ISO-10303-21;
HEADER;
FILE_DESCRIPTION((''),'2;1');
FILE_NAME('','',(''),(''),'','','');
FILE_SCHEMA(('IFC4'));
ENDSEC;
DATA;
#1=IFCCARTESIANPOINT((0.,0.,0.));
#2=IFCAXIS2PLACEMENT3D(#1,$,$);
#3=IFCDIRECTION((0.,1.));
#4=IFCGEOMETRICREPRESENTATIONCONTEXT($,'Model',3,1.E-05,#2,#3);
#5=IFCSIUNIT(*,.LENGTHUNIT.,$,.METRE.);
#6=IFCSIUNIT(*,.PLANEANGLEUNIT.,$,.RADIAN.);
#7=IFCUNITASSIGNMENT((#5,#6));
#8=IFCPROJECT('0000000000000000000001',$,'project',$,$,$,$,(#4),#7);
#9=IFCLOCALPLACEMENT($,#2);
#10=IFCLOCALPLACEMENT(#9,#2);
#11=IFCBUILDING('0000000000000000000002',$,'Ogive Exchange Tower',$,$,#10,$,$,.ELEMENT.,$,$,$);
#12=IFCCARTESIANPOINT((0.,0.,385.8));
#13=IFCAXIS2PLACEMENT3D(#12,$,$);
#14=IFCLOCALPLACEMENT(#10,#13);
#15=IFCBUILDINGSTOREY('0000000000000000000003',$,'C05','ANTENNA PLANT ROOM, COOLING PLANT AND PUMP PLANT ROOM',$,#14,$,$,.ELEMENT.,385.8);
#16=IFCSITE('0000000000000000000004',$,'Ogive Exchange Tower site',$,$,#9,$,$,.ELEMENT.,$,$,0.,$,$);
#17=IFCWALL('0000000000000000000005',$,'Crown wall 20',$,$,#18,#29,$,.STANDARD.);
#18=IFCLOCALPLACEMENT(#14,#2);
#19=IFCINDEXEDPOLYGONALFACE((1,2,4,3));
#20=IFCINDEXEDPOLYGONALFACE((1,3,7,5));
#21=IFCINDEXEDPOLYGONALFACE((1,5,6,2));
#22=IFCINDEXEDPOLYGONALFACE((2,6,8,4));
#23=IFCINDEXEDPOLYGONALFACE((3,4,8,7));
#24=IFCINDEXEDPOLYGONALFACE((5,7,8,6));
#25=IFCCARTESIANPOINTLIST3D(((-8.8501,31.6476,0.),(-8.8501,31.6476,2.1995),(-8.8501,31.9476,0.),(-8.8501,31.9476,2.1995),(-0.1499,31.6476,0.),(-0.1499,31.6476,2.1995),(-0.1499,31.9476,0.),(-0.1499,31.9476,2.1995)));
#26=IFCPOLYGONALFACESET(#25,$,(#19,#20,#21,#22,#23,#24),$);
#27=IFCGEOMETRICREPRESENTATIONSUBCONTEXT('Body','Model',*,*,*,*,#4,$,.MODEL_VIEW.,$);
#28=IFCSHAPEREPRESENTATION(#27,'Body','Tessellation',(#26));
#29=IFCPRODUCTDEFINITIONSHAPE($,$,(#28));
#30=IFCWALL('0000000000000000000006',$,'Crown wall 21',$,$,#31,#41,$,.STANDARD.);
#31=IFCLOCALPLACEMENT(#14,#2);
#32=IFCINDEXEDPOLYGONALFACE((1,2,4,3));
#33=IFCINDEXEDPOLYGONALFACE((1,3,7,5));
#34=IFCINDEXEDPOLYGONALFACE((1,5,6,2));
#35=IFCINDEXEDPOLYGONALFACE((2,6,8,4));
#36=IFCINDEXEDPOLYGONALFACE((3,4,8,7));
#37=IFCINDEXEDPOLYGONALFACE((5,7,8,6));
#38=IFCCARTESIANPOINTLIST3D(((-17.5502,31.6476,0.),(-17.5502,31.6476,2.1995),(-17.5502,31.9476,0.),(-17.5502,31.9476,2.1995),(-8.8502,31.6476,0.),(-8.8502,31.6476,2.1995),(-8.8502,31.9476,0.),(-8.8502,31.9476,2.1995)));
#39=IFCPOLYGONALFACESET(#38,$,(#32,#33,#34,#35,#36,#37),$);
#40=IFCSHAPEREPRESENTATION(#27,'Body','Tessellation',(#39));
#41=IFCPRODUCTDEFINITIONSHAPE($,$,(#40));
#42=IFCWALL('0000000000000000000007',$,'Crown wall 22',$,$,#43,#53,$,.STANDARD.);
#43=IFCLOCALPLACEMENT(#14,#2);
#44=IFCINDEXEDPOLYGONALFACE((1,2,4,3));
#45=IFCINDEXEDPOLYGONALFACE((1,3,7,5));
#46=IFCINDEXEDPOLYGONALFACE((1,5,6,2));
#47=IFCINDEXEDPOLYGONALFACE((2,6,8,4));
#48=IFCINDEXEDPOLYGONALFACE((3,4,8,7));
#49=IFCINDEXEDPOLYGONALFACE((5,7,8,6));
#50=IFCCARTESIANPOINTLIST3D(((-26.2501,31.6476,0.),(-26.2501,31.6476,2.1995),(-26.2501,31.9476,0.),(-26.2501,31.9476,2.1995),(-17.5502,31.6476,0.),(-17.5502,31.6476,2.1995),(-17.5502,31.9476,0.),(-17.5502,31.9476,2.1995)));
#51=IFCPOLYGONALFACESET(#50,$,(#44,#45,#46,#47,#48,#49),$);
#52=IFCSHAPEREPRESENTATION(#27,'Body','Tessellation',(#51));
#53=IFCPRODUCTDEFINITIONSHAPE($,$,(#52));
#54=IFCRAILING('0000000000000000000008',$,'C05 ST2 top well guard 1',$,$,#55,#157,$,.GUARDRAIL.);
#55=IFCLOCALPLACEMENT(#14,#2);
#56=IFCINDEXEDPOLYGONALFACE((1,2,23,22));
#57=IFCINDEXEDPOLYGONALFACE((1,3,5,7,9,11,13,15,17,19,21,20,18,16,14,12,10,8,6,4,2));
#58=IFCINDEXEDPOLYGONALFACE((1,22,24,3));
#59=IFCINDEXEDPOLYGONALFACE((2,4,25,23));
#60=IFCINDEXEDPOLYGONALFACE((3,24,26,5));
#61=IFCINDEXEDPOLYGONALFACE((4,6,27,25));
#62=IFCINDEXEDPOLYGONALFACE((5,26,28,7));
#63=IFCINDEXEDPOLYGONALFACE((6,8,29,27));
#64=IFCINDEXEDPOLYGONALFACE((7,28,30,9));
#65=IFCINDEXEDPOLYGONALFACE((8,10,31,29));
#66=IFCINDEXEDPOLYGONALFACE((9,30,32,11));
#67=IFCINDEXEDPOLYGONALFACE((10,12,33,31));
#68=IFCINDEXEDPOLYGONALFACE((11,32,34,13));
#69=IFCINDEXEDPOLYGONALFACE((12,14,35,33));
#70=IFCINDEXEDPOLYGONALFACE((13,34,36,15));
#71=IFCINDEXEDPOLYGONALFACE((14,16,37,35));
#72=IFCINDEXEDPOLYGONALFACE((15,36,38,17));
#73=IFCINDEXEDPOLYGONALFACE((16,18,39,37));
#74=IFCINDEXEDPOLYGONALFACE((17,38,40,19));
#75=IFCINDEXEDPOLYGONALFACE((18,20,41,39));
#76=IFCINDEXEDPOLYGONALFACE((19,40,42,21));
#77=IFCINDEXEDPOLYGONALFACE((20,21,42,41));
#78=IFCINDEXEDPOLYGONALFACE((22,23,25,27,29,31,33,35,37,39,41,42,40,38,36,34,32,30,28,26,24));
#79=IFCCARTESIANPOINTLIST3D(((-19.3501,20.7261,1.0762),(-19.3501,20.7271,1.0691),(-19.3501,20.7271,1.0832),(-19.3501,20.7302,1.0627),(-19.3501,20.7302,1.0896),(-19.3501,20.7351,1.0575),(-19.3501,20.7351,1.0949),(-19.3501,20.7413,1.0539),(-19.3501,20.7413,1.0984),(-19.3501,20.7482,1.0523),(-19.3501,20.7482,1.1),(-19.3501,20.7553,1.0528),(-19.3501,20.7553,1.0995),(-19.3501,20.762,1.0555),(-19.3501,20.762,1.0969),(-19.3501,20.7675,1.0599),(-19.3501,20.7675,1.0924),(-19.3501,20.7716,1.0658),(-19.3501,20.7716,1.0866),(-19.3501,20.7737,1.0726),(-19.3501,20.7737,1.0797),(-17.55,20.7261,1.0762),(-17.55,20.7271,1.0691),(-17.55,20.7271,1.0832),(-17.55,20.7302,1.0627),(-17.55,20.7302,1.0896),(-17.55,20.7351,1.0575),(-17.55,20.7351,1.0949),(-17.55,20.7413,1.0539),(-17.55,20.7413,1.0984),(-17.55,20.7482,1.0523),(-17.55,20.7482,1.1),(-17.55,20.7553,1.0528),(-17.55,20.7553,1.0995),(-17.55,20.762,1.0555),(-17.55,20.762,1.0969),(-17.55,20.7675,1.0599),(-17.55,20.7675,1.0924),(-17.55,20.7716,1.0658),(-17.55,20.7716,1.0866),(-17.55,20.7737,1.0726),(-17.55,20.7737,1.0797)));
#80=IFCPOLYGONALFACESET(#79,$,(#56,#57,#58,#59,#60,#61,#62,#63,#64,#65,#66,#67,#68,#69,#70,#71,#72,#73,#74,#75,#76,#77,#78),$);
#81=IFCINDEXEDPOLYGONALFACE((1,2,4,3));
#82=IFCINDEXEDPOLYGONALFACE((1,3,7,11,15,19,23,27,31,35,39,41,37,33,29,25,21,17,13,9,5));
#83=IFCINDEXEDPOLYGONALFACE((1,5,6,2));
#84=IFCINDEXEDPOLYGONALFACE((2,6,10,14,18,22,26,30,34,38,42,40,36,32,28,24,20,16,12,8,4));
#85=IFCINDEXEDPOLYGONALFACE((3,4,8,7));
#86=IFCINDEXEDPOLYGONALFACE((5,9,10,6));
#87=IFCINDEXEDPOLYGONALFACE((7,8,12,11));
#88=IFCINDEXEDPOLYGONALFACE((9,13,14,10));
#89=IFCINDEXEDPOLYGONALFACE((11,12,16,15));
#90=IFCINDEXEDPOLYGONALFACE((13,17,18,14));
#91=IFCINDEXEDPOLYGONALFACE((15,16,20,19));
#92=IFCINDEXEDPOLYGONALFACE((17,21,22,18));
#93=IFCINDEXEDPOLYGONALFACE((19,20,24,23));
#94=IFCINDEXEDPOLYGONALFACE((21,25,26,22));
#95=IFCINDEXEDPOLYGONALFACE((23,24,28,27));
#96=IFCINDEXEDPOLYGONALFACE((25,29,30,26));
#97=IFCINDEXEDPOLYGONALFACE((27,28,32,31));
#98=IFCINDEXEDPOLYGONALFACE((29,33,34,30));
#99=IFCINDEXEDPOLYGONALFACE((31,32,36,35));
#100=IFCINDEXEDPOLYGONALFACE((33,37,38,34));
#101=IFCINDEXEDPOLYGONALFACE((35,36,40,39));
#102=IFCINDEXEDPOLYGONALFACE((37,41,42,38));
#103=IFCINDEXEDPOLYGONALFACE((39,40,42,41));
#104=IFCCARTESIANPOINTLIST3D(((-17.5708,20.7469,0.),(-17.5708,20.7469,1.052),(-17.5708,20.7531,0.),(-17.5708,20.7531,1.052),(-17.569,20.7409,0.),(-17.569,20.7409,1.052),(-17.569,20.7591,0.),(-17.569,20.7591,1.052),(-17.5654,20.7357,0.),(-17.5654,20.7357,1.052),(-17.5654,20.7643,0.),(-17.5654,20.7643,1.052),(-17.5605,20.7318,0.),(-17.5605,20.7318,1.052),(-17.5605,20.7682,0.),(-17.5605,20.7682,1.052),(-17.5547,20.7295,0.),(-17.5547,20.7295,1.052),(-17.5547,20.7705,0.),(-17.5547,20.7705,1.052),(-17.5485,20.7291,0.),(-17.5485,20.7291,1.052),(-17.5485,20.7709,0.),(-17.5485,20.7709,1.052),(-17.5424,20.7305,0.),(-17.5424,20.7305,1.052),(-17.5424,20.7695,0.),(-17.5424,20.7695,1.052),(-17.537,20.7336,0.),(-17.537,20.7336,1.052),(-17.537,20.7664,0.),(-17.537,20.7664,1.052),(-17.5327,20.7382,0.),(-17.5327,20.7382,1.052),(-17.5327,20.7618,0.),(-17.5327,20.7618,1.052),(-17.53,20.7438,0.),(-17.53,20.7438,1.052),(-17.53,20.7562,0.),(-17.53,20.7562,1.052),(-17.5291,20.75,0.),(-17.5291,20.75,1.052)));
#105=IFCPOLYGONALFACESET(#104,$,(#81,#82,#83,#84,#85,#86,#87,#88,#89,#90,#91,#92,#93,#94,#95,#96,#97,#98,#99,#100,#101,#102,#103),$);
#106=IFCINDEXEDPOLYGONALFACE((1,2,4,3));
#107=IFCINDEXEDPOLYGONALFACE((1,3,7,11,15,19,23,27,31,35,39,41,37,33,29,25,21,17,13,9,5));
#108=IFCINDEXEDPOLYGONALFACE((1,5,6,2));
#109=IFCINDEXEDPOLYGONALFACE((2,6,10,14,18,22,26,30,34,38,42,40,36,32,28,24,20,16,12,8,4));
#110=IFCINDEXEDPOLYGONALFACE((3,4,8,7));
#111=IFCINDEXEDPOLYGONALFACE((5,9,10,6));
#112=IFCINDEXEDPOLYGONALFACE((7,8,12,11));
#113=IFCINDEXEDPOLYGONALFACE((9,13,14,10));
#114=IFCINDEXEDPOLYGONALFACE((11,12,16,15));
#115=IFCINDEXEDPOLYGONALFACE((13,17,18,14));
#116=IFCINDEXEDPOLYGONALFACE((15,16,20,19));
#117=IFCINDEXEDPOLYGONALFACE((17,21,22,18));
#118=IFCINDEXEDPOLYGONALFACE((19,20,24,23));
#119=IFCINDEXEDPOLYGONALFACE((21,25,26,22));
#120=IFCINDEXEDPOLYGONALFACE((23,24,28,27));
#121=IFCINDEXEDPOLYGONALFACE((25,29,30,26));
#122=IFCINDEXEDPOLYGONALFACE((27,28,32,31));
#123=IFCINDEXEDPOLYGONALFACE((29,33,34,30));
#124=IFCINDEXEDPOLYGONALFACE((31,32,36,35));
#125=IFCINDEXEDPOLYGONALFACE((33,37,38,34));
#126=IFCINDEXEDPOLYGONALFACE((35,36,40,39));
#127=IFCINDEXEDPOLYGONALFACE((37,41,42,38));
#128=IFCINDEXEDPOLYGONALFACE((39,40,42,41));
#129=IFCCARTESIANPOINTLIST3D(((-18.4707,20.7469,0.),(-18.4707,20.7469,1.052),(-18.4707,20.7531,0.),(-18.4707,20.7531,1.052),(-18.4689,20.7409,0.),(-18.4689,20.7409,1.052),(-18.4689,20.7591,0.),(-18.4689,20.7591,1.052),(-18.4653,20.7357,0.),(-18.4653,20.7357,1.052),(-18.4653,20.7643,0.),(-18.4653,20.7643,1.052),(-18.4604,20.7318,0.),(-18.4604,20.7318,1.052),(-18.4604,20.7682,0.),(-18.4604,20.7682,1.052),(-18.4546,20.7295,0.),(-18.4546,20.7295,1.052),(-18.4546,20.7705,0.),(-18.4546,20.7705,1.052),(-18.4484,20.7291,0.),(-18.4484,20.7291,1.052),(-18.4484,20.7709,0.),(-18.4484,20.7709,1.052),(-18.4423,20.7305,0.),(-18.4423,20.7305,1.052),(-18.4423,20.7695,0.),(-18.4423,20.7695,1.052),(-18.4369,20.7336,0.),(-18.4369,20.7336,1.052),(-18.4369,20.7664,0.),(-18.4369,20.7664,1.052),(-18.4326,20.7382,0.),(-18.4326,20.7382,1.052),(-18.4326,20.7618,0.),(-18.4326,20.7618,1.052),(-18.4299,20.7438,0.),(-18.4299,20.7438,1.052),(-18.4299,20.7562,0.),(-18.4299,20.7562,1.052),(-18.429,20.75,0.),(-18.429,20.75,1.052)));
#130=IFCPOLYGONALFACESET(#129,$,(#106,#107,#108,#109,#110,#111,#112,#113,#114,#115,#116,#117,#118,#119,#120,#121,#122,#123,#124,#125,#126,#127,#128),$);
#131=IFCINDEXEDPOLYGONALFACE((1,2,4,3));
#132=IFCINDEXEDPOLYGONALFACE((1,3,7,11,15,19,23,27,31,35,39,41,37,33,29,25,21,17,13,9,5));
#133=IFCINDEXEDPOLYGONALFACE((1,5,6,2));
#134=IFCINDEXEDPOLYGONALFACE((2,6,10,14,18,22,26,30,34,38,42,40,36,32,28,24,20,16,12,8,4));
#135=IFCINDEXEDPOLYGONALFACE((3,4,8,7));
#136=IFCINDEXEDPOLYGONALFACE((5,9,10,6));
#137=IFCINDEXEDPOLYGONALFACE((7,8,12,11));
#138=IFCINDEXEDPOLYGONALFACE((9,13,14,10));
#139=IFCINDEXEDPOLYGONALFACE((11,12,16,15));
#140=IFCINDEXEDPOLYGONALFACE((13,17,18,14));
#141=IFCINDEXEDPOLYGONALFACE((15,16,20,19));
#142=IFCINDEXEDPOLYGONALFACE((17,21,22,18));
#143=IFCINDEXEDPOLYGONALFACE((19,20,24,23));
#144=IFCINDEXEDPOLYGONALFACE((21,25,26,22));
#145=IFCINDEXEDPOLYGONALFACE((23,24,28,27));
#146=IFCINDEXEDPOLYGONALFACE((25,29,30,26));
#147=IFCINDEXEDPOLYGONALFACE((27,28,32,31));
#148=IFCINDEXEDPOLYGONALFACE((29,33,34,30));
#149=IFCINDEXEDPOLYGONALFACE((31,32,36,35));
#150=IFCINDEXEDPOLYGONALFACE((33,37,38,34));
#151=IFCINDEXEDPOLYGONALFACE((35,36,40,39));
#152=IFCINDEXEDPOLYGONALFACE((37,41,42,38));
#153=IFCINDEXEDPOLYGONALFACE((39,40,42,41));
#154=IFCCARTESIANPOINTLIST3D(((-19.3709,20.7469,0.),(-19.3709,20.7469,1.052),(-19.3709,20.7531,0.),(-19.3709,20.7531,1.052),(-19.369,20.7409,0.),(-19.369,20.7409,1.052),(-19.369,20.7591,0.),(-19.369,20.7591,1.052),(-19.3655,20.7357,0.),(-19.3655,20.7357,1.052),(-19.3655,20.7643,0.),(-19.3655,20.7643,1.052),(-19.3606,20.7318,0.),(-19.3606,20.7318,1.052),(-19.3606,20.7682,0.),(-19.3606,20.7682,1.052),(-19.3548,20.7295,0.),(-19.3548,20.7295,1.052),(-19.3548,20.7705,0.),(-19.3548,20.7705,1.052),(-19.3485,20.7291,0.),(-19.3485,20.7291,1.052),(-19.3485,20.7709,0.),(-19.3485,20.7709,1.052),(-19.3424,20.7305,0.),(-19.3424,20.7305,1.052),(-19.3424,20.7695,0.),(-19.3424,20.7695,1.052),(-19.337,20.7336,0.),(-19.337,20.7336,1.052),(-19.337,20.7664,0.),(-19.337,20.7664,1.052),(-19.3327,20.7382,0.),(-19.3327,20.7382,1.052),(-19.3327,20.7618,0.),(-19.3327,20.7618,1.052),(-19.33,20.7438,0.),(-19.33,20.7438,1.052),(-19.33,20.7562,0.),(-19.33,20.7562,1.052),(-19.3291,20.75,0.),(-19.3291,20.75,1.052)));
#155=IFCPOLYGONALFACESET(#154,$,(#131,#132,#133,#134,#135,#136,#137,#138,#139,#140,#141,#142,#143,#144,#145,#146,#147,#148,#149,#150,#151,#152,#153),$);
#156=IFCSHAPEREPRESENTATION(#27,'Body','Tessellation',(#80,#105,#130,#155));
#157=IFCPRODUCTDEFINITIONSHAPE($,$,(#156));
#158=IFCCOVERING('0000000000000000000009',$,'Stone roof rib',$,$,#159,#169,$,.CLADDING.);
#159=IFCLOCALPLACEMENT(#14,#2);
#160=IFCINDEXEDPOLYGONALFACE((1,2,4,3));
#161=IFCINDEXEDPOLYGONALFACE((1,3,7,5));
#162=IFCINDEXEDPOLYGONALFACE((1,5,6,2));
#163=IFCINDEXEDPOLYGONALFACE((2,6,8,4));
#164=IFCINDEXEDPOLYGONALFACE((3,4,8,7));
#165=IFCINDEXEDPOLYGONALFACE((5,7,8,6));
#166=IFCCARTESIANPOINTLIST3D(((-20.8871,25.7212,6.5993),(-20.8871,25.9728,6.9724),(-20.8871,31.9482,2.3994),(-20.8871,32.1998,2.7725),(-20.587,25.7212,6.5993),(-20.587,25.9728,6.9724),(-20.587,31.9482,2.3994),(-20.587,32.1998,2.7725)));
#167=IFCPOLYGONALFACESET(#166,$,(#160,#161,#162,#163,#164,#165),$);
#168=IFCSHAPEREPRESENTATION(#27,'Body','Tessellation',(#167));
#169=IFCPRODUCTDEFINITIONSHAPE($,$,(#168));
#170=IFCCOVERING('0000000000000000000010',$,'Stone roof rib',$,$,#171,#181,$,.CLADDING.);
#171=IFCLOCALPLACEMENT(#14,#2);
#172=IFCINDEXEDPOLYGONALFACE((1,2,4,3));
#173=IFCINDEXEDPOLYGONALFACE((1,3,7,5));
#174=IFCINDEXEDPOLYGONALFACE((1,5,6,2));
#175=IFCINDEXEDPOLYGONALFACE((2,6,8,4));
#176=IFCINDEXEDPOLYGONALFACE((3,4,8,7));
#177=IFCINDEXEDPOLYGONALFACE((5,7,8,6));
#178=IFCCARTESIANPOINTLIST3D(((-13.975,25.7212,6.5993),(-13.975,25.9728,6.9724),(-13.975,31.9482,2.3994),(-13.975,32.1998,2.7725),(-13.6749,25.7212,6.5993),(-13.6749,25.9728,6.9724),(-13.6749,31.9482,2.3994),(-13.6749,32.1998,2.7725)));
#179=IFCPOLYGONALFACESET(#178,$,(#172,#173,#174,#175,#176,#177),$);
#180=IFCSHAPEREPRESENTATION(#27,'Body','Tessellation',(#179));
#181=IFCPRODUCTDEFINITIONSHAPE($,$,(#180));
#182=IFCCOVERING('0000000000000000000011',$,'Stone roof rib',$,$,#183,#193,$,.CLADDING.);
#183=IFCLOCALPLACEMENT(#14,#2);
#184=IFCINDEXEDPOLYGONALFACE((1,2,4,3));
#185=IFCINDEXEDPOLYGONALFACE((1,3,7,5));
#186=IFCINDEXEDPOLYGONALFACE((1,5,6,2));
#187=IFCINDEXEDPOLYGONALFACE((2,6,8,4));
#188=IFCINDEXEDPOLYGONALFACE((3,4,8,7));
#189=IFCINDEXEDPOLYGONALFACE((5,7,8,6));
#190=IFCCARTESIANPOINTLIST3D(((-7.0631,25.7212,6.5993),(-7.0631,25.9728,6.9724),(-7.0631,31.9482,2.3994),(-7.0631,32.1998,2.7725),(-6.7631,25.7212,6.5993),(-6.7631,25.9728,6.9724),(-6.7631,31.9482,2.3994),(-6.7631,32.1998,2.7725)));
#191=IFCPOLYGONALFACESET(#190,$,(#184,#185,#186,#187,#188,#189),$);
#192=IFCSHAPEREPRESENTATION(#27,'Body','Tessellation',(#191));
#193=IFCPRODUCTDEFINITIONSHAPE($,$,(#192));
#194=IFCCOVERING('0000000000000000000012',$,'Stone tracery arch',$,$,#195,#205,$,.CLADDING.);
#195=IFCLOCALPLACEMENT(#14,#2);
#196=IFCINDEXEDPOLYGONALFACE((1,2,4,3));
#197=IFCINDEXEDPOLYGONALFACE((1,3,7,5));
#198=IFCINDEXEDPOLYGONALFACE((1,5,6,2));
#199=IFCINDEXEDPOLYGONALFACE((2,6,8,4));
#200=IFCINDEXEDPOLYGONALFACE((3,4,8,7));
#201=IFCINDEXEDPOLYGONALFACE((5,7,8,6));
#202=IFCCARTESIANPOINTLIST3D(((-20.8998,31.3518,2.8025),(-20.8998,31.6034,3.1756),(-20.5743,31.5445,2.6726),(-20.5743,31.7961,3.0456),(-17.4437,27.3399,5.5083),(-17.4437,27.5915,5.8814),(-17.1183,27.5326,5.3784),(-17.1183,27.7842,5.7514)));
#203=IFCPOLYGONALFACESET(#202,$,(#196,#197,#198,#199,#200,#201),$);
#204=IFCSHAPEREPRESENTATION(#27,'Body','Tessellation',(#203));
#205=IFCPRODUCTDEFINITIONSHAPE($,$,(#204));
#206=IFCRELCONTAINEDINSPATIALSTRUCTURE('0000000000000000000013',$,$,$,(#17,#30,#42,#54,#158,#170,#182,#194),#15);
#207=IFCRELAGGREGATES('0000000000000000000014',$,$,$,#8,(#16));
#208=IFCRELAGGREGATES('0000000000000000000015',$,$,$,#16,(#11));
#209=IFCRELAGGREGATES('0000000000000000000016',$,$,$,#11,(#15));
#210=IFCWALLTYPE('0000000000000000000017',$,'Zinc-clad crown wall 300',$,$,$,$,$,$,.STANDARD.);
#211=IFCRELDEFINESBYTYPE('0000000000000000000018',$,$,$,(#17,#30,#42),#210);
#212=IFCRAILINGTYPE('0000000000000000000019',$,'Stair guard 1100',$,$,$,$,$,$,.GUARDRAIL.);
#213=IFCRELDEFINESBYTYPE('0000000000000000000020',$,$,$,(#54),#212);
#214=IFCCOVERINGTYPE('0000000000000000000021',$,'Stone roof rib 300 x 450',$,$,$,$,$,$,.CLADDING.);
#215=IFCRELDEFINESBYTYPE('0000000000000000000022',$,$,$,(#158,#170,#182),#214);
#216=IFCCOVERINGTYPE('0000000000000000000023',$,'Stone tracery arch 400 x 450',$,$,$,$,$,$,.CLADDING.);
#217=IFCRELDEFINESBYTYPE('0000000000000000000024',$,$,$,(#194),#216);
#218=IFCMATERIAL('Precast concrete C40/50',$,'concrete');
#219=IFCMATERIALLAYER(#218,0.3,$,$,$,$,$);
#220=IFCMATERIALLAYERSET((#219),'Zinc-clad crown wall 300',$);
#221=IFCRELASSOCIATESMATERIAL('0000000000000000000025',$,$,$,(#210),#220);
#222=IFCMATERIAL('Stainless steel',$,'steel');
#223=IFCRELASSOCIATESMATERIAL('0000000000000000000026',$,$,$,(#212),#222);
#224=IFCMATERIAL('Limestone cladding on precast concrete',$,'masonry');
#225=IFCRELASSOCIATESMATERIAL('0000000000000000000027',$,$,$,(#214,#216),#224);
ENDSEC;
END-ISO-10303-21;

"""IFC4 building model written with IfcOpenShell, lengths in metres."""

from ifc_helpers import new_model, si_unit, direction, frame, frame_2d, origin, origin_2d, place, context, subcontext, project, spatial, rectangle, circle, extrude, material, layer, layer_set, material_profile, profile_set, type_object, element, save


model = new_model("IFC4")

# Units and contexts
model_context = context("Model", 3, precision=1e-05, world=origin(), true_north=direction((0.0, 1.0)))
body_context = subcontext(model_context, "Body", "Model", "MODEL_VIEW")
ifc_project = project(units=[si_unit("LENGTHUNIT", "METRE"), si_unit("PLANEANGLEUNIT", "RADIAN")], contexts=[model_context])

# Site, building, storey
site_placement = place(None, origin())
site = spatial("IfcSite", under=ifc_project, at=site_placement, Name="Ogive Exchange Tower site", CompositionType="ELEMENT", RefElevation=0.0)
building_placement = place(site_placement, origin())
building = spatial("IfcBuilding", under=site, at=building_placement, Name="Ogive Exchange Tower", CompositionType="ELEMENT")
storey_placement = place(building_placement, frame((0.0, 0.0, 385.8)))
storey = spatial("IfcBuildingStorey", under=building, at=storey_placement, Name="C05", Description="ANTENNA PLANT ROOM, COOLING PLANT AND PUMP PLANT ROOM", CompositionType="ELEMENT", Elevation=385.8)

# Walls
ifc_material_1 = material(Name="Precast concrete C40/50", Category="concrete")
ifc_layer_1 = layer(ifc_material_1, 0.3)
ifc_layer_set_1 = layer_set([ifc_layer_1], Name="Zinc-clad crown wall 300")
wall_type_1 = type_object("IfcWallType", Name="Zinc-clad crown wall 300", PredefinedType="STANDARD", material=ifc_layer_set_1)
wall_1_placement = place(storey_placement, frame((-0.1499, 31.7976, 0.0), z_axis=(0.0, 0.0, 1.0), x_axis=(-1.0, 0.0, 0.0)))
element("IfcWall", 1, at=wall_1_placement, inside=storey, type_object=wall_type_1, Name="Crown wall 20", PredefinedType="STANDARD", context=body_context, shape_type="SweptSolid", body=[
    extrude(rectangle(XDim=8.7002, YDim=0.3, at=frame_2d((4.3501, 0.0))), origin(), (0.0, 0.0, 1.0), 2.1995),
])
for number, where, z_axis, x_axis, name in (
    (2, (-8.8501, 31.7976, 0.0), (0.0, 0.0, 1.0), (-1.0, 0.0, 0.0), "Crown wall 21"),
    (3, (-17.55, 31.7976, 0.0), (0.0, 0.0, 1.0), (-1.0, 0.0, 0.0), "Crown wall 22"),
):
    element("IfcWall", number, at=place(storey_placement, frame(where, z_axis=z_axis, x_axis=x_axis)), inside=storey, type_object=wall_type_1, Name=name, PredefinedType="STANDARD", context=body_context, shape_type="SweptSolid", body=[
        extrude(rectangle(XDim=8.7, YDim=0.3, at=frame_2d((4.3501, 0.0))), origin(), (0.0, 0.0, 1.0), 2.1995),
    ])

# Railing
ifc_material_2 = material(Name="Stainless steel", Category="steel")
railing_type = type_object("IfcRailingType", Name="Stair guard 1100", PredefinedType="GUARDRAIL", material=ifc_material_2)
railing_placement = place(storey_placement, frame((-17.55, 20.75, 0.0)))
element("IfcRailing", 4, at=railing_placement, inside=storey, type_object=railing_type, Name="C05 ST2 top well guard 1", PredefinedType="GUARDRAIL", context=body_context, shape_type="SweptSolid", body=[
    extrude(circle(Radius=0.0239, at=origin_2d()), frame((0.0, 0.0, 1.0762), z_axis=(-1.0, 0.0, 0.0), x_axis=(0.0, -1.0, 0.0)), (0.0, 0.0, 1.0), 1.8),
    extrude(circle(Radius=0.021, at=origin_2d()), origin(), (0.0, 0.0, 1.0), 1.052),
    extrude(circle(Radius=0.021, at=origin_2d()), frame((-0.8999, 0.0, 0.0)), (0.0, 0.0, 1.0), 1.052),
    extrude(circle(Radius=0.021, at=origin_2d()), frame((-1.8, 0.0, 0.0)), (0.0, 0.0, 1.0), 1.052),
])

# Coverings
ifc_material_3 = material(Name="Limestone cladding on precast concrete", Category="masonry")
ifc_material_profile_1 = material_profile(ifc_material_3, rectangle(XDim=0.3, YDim=0.45, at=origin_2d()), Name="RIB 300 x 450")
ifc_profile_set_1 = profile_set([ifc_material_profile_1], Name="Limestone cladding on precast concrete")
covering_type_1 = type_object("IfcCoveringType", Name="Stone roof rib 300 x 450", PredefinedType="CLADDING", material=ifc_profile_set_1)
for number, where, z_axis, x_axis, name in (
    (5, (-20.7371, 32.074, 2.5859), (0.0, -0.829053, 0.55917), (1.0, 0.0, 0.0), "Stone roof rib"),
    (6, (-13.825, 32.074, 2.5859), (0.0, -0.829053, 0.55917), (1.0, 0.0, 0.0), "Stone roof rib"),
    (7, (-6.9131, 32.074, 2.5859), (0.0, -0.829053, 0.55917), (1.0, 0.0, 0.0), "Stone roof rib"),
):
    element("IfcCovering", number, at=place(storey_placement, frame(where, z_axis=z_axis, x_axis=x_axis)), inside=storey, type_object=covering_type_1, Name=name, PredefinedType="CLADDING", context=body_context, shape_type="SweptSolid", body=[
        extrude(rectangle(XDim=0.3, YDim=0.45, at=origin_2d()), origin(), (0.0, 0.0, 1.0), 7.511),
    ])
ifc_material_profile_2 = material_profile(ifc_material_3, rectangle(XDim=0.3999, YDim=0.45, at=origin_2d()), Name="TRACERY 400 x 450")
ifc_profile_set_2 = profile_set([ifc_material_profile_2], Name="Limestone cladding on precast concrete")
covering_type_2 = type_object("IfcCoveringType", Name="Stone tracery arch 400 x 450", PredefinedType="CLADDING", material=ifc_profile_set_2)
for number, where, z_axis, x_axis, name in (
    (8, (-20.7371, 31.574, 2.9241), (0.581186, -0.67467, 0.455021), (0.813771, 0.481829, -0.324988), "Stone tracery arch"),
):
    element("IfcCovering", number, at=place(storey_placement, frame(where, z_axis=z_axis, x_axis=x_axis)), inside=storey, type_object=covering_type_2, Name=name, PredefinedType="CLADDING", context=body_context, shape_type="SweptSolid", body=[
        extrude(rectangle(XDim=0.3999, YDim=0.45, at=origin_2d()), origin(), (0.0, 0.0, 1.0), 5.9465),
    ])

save(model, "model.ifc")
